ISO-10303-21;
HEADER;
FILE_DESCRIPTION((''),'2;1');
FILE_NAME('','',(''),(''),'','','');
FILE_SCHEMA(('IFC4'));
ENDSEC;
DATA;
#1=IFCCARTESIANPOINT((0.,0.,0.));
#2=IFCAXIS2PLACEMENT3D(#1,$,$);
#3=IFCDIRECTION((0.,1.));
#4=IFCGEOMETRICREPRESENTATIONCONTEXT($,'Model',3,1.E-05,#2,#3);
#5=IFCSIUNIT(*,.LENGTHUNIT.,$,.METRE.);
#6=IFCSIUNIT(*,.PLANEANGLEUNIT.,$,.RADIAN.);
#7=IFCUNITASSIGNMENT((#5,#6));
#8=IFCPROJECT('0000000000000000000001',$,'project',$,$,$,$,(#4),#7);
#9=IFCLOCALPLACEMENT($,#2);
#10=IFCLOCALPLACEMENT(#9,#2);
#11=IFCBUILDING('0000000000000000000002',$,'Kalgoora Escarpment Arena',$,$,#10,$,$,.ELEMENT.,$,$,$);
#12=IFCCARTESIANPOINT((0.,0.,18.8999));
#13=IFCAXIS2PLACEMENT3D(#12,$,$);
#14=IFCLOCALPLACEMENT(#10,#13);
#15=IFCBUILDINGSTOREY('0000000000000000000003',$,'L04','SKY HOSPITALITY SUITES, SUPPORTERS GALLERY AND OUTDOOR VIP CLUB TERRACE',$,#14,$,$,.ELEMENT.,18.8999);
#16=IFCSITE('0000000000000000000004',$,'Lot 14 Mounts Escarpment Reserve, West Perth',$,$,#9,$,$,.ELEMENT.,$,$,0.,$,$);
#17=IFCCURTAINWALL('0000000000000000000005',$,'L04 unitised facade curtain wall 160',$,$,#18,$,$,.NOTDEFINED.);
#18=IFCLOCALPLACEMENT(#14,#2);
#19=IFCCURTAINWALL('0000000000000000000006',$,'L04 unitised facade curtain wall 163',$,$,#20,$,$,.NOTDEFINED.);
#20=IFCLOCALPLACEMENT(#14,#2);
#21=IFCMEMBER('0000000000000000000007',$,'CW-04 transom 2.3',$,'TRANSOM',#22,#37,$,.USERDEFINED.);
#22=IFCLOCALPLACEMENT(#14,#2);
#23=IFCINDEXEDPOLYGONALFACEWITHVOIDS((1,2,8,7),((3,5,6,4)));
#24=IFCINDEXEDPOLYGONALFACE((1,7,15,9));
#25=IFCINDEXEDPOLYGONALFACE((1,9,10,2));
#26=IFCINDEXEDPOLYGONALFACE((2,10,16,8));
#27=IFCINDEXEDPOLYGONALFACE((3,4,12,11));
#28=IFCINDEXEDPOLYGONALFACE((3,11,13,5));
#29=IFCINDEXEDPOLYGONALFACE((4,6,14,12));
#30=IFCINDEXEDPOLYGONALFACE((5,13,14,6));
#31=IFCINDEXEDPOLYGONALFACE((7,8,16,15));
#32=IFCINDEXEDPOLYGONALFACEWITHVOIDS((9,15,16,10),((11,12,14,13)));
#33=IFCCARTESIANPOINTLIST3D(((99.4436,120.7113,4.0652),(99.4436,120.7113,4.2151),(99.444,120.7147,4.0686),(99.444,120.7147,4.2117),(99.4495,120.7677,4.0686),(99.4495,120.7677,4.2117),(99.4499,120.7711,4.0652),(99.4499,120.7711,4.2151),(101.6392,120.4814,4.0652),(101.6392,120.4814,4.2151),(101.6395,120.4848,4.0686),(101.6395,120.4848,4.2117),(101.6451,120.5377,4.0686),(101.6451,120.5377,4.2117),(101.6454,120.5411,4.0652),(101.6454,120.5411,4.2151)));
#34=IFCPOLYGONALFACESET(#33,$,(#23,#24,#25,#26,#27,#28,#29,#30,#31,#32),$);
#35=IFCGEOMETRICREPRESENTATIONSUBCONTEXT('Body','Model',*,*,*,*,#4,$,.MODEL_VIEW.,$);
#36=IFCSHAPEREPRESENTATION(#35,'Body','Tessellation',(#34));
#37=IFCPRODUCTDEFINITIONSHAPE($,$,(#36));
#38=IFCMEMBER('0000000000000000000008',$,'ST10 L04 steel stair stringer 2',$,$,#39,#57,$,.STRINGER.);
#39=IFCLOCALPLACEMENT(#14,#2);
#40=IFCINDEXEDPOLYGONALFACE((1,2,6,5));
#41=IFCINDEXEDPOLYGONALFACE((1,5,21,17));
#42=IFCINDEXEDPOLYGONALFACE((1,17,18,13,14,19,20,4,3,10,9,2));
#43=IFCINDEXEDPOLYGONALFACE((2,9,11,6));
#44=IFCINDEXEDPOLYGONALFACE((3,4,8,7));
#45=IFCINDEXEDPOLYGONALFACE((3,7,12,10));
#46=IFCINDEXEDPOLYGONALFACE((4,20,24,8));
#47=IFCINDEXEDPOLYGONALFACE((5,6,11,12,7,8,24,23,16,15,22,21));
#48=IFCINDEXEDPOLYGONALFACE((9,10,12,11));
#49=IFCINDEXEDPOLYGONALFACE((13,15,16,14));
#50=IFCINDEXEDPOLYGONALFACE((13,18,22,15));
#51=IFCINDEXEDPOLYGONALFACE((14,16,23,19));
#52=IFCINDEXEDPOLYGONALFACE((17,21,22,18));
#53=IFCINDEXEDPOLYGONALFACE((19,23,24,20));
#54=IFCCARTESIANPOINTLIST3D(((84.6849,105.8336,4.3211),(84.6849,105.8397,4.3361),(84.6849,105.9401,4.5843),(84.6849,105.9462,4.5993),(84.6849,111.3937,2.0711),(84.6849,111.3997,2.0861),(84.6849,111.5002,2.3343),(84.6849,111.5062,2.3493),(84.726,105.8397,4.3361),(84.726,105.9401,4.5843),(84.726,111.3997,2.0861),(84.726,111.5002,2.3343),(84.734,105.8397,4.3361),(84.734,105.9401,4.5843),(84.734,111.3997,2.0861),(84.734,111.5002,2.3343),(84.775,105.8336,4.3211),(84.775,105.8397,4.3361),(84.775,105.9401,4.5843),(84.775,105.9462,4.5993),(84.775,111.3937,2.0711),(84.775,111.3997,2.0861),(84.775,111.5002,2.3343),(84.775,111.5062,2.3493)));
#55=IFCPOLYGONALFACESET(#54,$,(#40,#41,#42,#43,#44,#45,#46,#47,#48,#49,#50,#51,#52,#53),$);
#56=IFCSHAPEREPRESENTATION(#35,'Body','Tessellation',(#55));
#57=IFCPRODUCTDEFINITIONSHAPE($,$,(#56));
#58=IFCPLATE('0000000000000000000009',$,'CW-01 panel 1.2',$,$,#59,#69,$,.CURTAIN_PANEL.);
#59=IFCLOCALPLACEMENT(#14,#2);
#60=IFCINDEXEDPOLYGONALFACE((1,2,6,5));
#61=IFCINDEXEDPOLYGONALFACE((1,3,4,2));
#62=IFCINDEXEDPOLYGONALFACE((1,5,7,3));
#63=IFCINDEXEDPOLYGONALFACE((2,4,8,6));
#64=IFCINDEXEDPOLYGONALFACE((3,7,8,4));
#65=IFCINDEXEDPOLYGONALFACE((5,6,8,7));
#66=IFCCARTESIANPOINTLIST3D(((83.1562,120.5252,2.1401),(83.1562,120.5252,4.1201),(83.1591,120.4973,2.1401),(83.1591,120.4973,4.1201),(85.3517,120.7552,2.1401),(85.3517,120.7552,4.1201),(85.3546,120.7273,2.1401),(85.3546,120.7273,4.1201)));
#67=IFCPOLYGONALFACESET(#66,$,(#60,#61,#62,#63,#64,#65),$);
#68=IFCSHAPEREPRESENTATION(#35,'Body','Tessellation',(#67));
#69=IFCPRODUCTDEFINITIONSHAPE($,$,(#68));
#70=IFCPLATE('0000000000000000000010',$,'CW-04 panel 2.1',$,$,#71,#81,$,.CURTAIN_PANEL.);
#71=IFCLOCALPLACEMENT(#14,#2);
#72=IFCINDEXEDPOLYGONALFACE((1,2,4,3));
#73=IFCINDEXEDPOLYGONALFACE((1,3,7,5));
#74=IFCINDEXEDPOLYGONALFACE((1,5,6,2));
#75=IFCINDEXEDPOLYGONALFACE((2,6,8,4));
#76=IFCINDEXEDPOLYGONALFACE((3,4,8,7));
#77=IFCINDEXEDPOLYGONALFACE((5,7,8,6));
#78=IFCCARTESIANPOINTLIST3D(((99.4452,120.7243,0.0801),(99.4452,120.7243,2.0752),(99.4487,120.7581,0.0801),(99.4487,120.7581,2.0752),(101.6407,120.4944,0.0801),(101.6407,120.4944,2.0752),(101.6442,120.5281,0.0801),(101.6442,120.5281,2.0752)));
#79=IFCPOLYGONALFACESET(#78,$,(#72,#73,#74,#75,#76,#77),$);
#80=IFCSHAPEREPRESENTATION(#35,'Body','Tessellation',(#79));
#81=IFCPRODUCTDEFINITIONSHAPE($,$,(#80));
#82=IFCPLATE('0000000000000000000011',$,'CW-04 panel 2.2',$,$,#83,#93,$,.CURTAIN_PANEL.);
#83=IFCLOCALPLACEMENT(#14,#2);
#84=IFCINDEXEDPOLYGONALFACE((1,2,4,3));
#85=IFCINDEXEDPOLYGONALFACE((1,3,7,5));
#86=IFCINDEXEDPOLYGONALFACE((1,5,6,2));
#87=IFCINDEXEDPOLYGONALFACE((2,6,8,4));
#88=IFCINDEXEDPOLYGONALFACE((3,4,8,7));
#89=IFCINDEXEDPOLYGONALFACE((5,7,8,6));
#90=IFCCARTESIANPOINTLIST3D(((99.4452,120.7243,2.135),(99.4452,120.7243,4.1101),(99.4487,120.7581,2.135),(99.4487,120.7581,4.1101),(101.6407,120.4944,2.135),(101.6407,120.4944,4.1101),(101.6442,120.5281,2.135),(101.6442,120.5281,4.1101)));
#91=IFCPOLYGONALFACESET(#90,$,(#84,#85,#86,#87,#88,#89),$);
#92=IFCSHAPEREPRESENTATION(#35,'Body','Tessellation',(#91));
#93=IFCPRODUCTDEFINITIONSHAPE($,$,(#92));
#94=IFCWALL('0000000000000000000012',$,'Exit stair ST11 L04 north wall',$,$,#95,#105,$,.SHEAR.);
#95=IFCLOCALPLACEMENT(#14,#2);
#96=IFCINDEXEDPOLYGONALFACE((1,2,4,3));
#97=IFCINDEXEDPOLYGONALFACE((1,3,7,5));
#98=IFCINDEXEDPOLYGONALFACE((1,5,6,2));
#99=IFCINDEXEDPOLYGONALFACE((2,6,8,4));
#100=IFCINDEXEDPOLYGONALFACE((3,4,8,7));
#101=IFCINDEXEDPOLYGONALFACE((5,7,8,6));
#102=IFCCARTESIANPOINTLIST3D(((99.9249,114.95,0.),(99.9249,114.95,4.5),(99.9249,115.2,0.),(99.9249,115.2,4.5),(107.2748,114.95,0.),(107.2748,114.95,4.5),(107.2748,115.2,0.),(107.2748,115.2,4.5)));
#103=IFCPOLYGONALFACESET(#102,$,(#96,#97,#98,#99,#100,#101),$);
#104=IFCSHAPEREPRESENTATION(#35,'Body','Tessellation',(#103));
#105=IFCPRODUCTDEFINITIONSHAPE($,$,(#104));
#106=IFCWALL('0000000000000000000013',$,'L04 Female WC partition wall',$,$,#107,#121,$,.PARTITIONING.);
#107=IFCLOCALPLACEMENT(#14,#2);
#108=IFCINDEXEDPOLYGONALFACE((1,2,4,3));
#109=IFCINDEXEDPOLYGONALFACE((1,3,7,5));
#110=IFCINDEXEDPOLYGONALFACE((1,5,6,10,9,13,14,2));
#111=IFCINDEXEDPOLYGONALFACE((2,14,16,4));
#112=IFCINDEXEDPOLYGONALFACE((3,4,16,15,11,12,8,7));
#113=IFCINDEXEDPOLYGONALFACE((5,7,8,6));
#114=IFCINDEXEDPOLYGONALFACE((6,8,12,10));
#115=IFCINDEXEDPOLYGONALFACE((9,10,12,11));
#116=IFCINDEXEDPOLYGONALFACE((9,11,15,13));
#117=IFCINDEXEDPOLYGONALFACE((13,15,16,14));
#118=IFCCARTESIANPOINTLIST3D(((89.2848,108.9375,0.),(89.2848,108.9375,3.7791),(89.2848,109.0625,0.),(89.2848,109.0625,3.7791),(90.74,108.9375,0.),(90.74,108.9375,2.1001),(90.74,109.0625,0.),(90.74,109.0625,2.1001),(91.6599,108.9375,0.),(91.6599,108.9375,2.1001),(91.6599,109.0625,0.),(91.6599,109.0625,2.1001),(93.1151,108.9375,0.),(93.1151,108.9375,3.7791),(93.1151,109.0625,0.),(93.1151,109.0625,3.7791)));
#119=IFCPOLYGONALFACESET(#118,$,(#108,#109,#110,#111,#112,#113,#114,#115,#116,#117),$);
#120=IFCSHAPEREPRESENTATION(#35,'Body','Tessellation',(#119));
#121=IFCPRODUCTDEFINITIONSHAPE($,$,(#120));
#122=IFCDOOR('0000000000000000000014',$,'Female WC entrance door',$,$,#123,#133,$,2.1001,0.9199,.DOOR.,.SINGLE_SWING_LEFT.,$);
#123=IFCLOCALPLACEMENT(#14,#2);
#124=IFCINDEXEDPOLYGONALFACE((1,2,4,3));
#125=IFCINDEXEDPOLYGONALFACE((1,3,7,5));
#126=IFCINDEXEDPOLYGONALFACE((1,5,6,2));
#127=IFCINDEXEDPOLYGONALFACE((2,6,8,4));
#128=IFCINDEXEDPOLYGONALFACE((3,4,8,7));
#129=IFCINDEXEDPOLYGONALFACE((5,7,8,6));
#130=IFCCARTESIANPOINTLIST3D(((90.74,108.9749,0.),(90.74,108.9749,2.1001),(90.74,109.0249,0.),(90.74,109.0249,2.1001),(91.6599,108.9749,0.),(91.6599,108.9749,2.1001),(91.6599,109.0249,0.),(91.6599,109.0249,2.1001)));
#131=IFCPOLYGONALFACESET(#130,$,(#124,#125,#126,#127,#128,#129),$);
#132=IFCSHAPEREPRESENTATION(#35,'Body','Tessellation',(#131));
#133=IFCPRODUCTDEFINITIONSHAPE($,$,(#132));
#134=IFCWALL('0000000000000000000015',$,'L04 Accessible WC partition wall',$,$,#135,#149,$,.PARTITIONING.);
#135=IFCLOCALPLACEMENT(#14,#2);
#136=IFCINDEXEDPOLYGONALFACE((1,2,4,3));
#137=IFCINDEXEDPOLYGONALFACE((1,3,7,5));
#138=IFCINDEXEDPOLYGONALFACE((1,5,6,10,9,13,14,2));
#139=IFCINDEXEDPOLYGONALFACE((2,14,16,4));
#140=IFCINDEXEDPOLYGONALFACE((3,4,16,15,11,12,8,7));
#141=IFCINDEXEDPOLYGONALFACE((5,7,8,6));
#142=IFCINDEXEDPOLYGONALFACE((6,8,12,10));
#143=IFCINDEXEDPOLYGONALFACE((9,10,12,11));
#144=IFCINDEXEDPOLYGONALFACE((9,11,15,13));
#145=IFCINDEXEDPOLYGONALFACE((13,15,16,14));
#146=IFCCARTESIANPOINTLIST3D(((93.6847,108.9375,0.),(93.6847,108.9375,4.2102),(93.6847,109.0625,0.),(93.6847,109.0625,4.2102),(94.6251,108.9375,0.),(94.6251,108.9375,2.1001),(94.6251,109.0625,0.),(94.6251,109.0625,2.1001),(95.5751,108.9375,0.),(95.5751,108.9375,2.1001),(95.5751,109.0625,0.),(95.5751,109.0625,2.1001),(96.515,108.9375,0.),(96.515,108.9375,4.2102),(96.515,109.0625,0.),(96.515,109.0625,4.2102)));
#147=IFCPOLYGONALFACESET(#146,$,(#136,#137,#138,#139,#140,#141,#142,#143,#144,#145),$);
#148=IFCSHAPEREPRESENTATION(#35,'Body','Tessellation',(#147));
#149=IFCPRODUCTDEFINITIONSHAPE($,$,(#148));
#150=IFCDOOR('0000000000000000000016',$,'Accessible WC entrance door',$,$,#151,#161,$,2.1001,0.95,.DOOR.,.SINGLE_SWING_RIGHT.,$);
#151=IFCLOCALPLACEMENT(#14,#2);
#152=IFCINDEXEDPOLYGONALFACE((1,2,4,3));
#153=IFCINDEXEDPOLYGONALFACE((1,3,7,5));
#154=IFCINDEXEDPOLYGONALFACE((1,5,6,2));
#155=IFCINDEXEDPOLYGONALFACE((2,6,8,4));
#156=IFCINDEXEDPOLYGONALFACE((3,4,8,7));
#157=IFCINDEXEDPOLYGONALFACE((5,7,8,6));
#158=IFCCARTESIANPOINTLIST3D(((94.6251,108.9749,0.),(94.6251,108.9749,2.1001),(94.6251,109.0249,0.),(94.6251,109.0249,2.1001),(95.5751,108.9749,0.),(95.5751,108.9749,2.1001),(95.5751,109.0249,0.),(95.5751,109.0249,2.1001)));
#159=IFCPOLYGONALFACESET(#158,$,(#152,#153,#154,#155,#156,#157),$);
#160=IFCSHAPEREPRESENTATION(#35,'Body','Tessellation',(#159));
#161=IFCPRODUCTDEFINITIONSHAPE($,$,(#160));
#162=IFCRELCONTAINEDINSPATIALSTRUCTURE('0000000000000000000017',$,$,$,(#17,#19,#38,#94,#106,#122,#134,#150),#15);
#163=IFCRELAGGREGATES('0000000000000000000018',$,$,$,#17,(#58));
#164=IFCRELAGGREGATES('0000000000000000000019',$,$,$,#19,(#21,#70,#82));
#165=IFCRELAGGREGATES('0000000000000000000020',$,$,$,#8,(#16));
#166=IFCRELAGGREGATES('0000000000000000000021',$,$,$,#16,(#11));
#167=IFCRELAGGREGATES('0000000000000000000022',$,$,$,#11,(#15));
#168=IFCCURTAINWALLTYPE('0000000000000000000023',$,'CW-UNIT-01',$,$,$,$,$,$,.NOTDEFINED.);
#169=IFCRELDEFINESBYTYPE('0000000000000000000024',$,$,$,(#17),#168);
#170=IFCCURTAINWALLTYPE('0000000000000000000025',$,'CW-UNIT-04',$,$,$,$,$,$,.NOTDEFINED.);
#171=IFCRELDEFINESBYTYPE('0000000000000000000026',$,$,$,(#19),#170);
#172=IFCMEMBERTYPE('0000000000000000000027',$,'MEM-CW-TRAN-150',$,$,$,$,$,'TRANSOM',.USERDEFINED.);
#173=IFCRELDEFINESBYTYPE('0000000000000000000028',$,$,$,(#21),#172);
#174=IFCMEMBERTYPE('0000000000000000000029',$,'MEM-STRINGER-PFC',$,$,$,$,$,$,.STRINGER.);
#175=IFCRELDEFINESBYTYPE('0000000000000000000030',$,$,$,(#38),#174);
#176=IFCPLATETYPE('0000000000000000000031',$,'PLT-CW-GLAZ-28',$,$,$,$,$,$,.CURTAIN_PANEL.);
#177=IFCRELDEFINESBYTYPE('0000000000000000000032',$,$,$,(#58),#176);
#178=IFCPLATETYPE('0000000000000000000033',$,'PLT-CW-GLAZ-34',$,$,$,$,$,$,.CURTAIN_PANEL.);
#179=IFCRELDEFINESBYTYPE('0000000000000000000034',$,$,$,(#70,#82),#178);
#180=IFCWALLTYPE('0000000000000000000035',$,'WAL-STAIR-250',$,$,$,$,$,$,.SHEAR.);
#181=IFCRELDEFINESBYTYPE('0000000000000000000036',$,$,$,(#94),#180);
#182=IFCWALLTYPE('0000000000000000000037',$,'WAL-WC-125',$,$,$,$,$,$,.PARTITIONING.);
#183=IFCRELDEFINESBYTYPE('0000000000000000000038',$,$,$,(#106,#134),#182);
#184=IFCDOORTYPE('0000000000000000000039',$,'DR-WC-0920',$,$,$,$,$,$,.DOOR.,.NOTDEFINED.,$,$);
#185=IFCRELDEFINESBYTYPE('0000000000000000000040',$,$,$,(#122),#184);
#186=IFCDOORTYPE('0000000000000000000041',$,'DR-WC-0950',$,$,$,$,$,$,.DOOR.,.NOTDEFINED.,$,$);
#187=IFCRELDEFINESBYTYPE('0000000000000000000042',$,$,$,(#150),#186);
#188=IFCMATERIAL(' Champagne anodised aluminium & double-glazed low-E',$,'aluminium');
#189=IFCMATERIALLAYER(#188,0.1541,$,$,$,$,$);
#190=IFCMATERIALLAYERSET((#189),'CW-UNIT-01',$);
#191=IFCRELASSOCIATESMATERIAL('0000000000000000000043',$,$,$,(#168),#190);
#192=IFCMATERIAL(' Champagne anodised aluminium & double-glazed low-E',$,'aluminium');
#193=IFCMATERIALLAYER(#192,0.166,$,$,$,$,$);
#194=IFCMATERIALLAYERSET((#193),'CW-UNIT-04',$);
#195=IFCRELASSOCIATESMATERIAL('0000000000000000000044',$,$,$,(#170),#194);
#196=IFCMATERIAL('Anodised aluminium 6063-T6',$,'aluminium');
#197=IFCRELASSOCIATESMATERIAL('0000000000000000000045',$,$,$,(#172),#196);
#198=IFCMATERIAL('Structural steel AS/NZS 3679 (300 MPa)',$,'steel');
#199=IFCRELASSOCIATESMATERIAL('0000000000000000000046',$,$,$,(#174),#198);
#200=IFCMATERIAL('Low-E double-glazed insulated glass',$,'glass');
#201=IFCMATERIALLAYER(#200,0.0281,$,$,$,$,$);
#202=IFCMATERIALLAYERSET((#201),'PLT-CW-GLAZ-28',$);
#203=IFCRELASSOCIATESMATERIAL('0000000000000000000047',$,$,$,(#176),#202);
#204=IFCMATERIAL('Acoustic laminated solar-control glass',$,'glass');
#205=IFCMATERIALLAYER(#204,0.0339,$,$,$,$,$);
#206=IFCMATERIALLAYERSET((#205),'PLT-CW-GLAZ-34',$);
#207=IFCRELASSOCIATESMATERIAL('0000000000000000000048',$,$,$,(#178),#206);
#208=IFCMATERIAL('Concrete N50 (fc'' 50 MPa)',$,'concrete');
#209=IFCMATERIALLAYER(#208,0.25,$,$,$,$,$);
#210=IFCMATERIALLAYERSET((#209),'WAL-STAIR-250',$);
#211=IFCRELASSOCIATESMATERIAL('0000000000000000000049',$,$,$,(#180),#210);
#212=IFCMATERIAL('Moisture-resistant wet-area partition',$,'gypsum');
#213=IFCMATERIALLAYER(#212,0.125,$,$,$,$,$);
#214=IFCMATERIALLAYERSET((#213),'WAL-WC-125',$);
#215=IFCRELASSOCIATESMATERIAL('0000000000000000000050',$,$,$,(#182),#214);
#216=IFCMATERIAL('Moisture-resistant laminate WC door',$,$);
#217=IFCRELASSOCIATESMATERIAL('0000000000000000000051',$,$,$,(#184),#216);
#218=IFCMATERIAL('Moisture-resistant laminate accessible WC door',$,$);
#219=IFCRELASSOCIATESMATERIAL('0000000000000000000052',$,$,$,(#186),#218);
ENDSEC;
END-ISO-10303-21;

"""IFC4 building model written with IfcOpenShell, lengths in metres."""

from ifc_helpers import new_model, si_unit, direction, frame, frame_2d, origin, origin_2d, place, context, subcontext, project, spatial, rectangle, hollow_rectangle, i_section, extrude, material, layer, layer_set, material_profile, profile_set, type_object, element, fill, aggregate, save


model = new_model("IFC4")

# Units and contexts
model_context = context("Model", 3, precision=1e-05, world=origin(), true_north=direction((0.0, 1.0)))
body_context = subcontext(model_context, "Body", "Model", "MODEL_VIEW")
ifc_project = project(units=[si_unit("LENGTHUNIT", "METRE"), si_unit("PLANEANGLEUNIT", "RADIAN")], contexts=[model_context])

# Site, building, storey
site_placement = place(None, origin())
site = spatial("IfcSite", under=ifc_project, at=site_placement, Name="Lot 14 Mounts Escarpment Reserve, West Perth", CompositionType="ELEMENT", RefElevation=0.0)
building_placement = place(site_placement, origin())
building = spatial("IfcBuilding", under=site, at=building_placement, Name="Kalgoora Escarpment Arena", CompositionType="ELEMENT")
storey_placement = place(building_placement, frame((0.0, 0.0, 18.8999)))
storey = spatial("IfcBuildingStorey", under=building, at=storey_placement, Name="L04", Description="SKY HOSPITALITY SUITES, SUPPORTERS GALLERY AND OUTDOOR VIP CLUB TERRACE", CompositionType="ELEMENT", Elevation=18.8999)

# Curtain wall
ifc_material_1 = material(Name=" Champagne anodised aluminium & double-glazed low-E", Category="aluminium")
ifc_layer_1 = layer(ifc_material_1, 0.1541)
ifc_layer_set_1 = layer_set([ifc_layer_1], Name="CW-UNIT-01")
curtain_wall_type_1 = type_object("IfcCurtainWallType", Name="CW-UNIT-01", PredefinedType="NOTDEFINED", material=ifc_layer_set_1)
curtain_wall_1_placement = place(storey_placement, origin())
curtain_wall_1 = element("IfcCurtainWall", 1, at=curtain_wall_1_placement, inside=storey, type_object=curtain_wall_type_1, Name="L04 unitised facade curtain wall 160", PredefinedType="NOTDEFINED")

# Curtain wall
ifc_material_2 = material(Name=" Champagne anodised aluminium & double-glazed low-E", Category="aluminium")
ifc_layer_2 = layer(ifc_material_2, 0.166)
ifc_layer_set_2 = layer_set([ifc_layer_2], Name="CW-UNIT-04")
curtain_wall_type_2 = type_object("IfcCurtainWallType", Name="CW-UNIT-04", PredefinedType="NOTDEFINED", material=ifc_layer_set_2)
curtain_wall_2_placement = place(storey_placement, origin())
curtain_wall_2 = element("IfcCurtainWall", 2, at=curtain_wall_2_placement, inside=storey, type_object=curtain_wall_type_2, Name="L04 unitised facade curtain wall 163", PredefinedType="NOTDEFINED")

# Members
ifc_material_3 = material(Name="Anodised aluminium 6063-T6", Category="aluminium")
ifc_material_profile_1 = material_profile(ifc_material_3, hollow_rectangle(XDim=0.0601, YDim=0.1499, WallThickness=0.0034, at=origin_2d()))
ifc_profile_set_1 = profile_set([ifc_material_profile_1], Name="Anodised aluminium 6063-T6")
member_type_1 = type_object("IfcMemberType", Name="MEM-CW-TRAN-150", ElementType="TRANSOM", PredefinedType="USERDEFINED", material=ifc_profile_set_1)
member_1_placement = place(storey_placement, frame((99.4468, 120.7412, 4.1401), z_axis=(0.994559, -0.104178, 0.0), x_axis=(0.104178, 0.994559, 0.0)))
member_1 = element("IfcMember", 3, at=member_1_placement, type_object=member_type_1, Name="CW-04 transom 2.3", ObjectType="TRANSOM", PredefinedType="USERDEFINED", context=body_context, shape_type="SweptSolid", body=[
    extrude(hollow_rectangle(XDim=0.0601, YDim=0.1499, WallThickness=0.0034, at=origin_2d()), origin(), (0.0, 0.0, 1.0), 2.2075),
])
ifc_material_4 = material(Name="Structural steel AS/NZS 3679 (300 MPa)", Category="steel")
ifc_material_profile_2 = material_profile(ifc_material_4, i_section(OverallWidth=0.0901, OverallDepth=0.3, WebThickness=0.0081, FlangeThickness=0.0161, at=origin_2d()))
ifc_profile_set_2 = profile_set([ifc_material_profile_2], Name="Structural steel AS/NZS 3679 (300 MPa)")
member_type_2 = type_object("IfcMemberType", Name="MEM-STRINGER-PFC", PredefinedType="STRINGER", material=ifc_profile_set_2)
member_2_placement = place(storey_placement, frame((84.73, 111.45, 2.2102), z_axis=(0.0, -0.926976, 0.375121), x_axis=(1.0, 0.0, 0.0)))
element("IfcMember", 4, at=member_2_placement, inside=storey, type_object=member_type_2, Name="ST10 L04 steel stair stringer 2", PredefinedType="STRINGER", context=body_context, shape_type="SweptSolid", body=[
    extrude(i_section(OverallWidth=0.0901, OverallDepth=0.3, WebThickness=0.0081, FlangeThickness=0.0161, at=origin_2d()), origin(), (0.0, 0.0, 1.0), 5.998),
])

# Plates
ifc_material_5 = material(Name="Low-E double-glazed insulated glass", Category="glass")
ifc_layer_3 = layer(ifc_material_5, 0.0281)
ifc_layer_set_3 = layer_set([ifc_layer_3], Name="PLT-CW-GLAZ-28")
plate_type_1 = type_object("IfcPlateType", Name="PLT-CW-GLAZ-28", PredefinedType="CURTAIN_PANEL", material=ifc_layer_set_3)
plate_1_placement = place(storey_placement, frame((84.2554, 120.6262, 2.1401), z_axis=(0.0, 0.0, 1.0), x_axis=(0.994558, 0.104182, 0.0)))
plate_1 = element("IfcPlate", 5, at=plate_1_placement, type_object=plate_type_1, Name="CW-01 panel 1.2", PredefinedType="CURTAIN_PANEL", context=body_context, shape_type="SweptSolid", body=[
    extrude(rectangle(XDim=2.2075, YDim=0.0281, at=origin_2d()), origin(), (0.0, 0.0, 1.0), 1.98),
])
aggregate(curtain_wall_1, [plate_1])
ifc_material_6 = material(Name="Acoustic laminated solar-control glass", Category="glass")
ifc_layer_4 = layer(ifc_material_6, 0.0339)
ifc_layer_set_4 = layer_set([ifc_layer_4], Name="PLT-CW-GLAZ-34")
plate_type_2 = type_object("IfcPlateType", Name="PLT-CW-GLAZ-34", PredefinedType="CURTAIN_PANEL", material=ifc_layer_set_4)
plate_2_placement = place(storey_placement, frame((100.5447, 120.6262, 0.0801), z_axis=(0.0, 0.0, 1.0), x_axis=(0.994558, -0.104182, 0.0)))
plate_2 = element("IfcPlate", 6, at=plate_2_placement, type_object=plate_type_2, Name="CW-04 panel 2.1", PredefinedType="CURTAIN_PANEL", context=body_context, shape_type="SweptSolid", body=[
    extrude(rectangle(XDim=2.2075, YDim=0.0339, at=origin_2d()), origin(), (0.0, 0.0, 1.0), 1.9951),
])
plate_3_placement = place(storey_placement, frame((100.5447, 120.6262, 2.135), z_axis=(0.0, 0.0, 1.0), x_axis=(0.994558, -0.104182, 0.0)))
plate_3 = element("IfcPlate", 7, at=plate_3_placement, type_object=plate_type_2, Name="CW-04 panel 2.2", PredefinedType="CURTAIN_PANEL", context=body_context, shape_type="SweptSolid", body=[
    extrude(rectangle(XDim=2.2075, YDim=0.0339, at=origin_2d()), origin(), (0.0, 0.0, 1.0), 1.9751),
])
aggregate(curtain_wall_2, [member_1, plate_2, plate_3])

# Wall
ifc_material_7 = material(Name="Concrete N50 (fc' 50 MPa)", Category="concrete")
ifc_layer_5 = layer(ifc_material_7, 0.25)
ifc_layer_set_5 = layer_set([ifc_layer_5], Name="WAL-STAIR-250")
wall_type_1 = type_object("IfcWallType", Name="WAL-STAIR-250", PredefinedType="SHEAR", material=ifc_layer_set_5)
wall_1_placement = place(storey_placement, frame((99.925, 115.075, 0.0), z_axis=(0.0, 0.0, 1.0), x_axis=(1.0, 0.0, 0.0)))
element("IfcWall", 8, at=wall_1_placement, inside=storey, type_object=wall_type_1, Name="Exit stair ST11 L04 north wall", PredefinedType="SHEAR", context=body_context, shape_type="SweptSolid", body=[
    extrude(rectangle(XDim=7.3499, YDim=0.25, at=frame_2d((3.6748, 0.0))), origin(), (0.0, 0.0, 1.0), 4.5),
])

# Walls, openings, doors
ifc_material_8 = material(Name="Moisture-resistant wet-area partition", Category="gypsum")
ifc_layer_6 = layer(ifc_material_8, 0.125)
ifc_layer_set_6 = layer_set([ifc_layer_6], Name="WAL-WC-125")
wall_type_2 = type_object("IfcWallType", Name="WAL-WC-125", PredefinedType="PARTITIONING", material=ifc_layer_set_6)
wall_2_placement = place(storey_placement, frame((89.2849, 109.0, 0.0), z_axis=(0.0, 0.0, 1.0), x_axis=(1.0, 0.0, 0.0)))
wall_2 = element("IfcWall", 9, at=wall_2_placement, inside=storey, type_object=wall_type_2, Name="L04 Female WC partition wall", PredefinedType="PARTITIONING", context=body_context, shape_type="SweptSolid", body=[
    extrude(rectangle(XDim=3.8303, YDim=0.125, at=frame_2d((1.915, 0.0))), origin(), (0.0, 0.0, 1.0), 3.7791),
])
opening_1_placement = place(wall_2_placement, frame((1.4551, 0.0, 0.0)))
opening_1 = element("IfcOpeningElement", 10, at=opening_1_placement, cuts=wall_2, PredefinedType="OPENING", context=body_context, shape_type="SweptSolid", body=[
    extrude(rectangle(XDim=0.9199, YDim=2.1001, at=frame_2d((0.46, 1.05))), frame((0.0, 0.0725, 0.0), z_axis=(0.0, -1.0, 0.0), x_axis=(1.0, 0.0, 0.0)), (0.0, 0.0, 1.0), 0.145),
])
ifc_material_9 = material(Name="Moisture-resistant laminate WC door")
door_type_1 = type_object("IfcDoorType", Name="DR-WC-0920", OperationType="NOTDEFINED", PredefinedType="DOOR", material=ifc_material_9)
door_1_placement = place(opening_1_placement, origin())
door_1 = element("IfcDoor", 11, at=door_1_placement, inside=storey, type_object=door_type_1, Name="Female WC entrance door", OperationType="SINGLE_SWING_LEFT", OverallHeight=2.1001, OverallWidth=0.9199, PredefinedType="DOOR", context=body_context, shape_type="SweptSolid", body=[
    extrude(rectangle(XDim=0.9199, YDim=2.1001, at=frame_2d((0.46, 1.05))), frame((0.0, 0.0249, 0.0), z_axis=(0.0, -1.0, 0.0), x_axis=(1.0, 0.0, 0.0)), (0.0, 0.0, 1.0), 0.05),
])
fill(opening_1, door_1)
wall_3_placement = place(storey_placement, frame((93.6848, 109.0, 0.0), z_axis=(0.0, 0.0, 1.0), x_axis=(1.0, 0.0, 0.0)))
wall_3 = element("IfcWall", 12, at=wall_3_placement, inside=storey, type_object=wall_type_2, Name="L04 Accessible WC partition wall", PredefinedType="PARTITIONING", context=body_context, shape_type="SweptSolid", body=[
    extrude(rectangle(XDim=2.8303, YDim=0.125, at=frame_2d((1.415, 0.0))), origin(), (0.0, 0.0, 1.0), 4.2102),
])
opening_2_placement = place(wall_3_placement, frame((0.9402, 0.0, 0.0)))
opening_2 = element("IfcOpeningElement", 13, at=opening_2_placement, cuts=wall_3, PredefinedType="OPENING", context=body_context, shape_type="SweptSolid", body=[
    extrude(rectangle(XDim=0.95, YDim=2.1001, at=frame_2d((0.4751, 1.05))), frame((0.0, 0.0725, 0.0), z_axis=(0.0, -1.0, 0.0), x_axis=(1.0, 0.0, 0.0)), (0.0, 0.0, 1.0), 0.145),
])
ifc_material_10 = material(Name="Moisture-resistant laminate accessible WC door")
door_type_2 = type_object("IfcDoorType", Name="DR-WC-0950", OperationType="NOTDEFINED", PredefinedType="DOOR", material=ifc_material_10)
door_2_placement = place(opening_2_placement, origin())
door_2 = element("IfcDoor", 14, at=door_2_placement, inside=storey, type_object=door_type_2, Name="Accessible WC entrance door", OperationType="SINGLE_SWING_RIGHT", OverallHeight=2.1001, OverallWidth=0.95, PredefinedType="DOOR", context=body_context, shape_type="SweptSolid", body=[
    extrude(rectangle(XDim=0.95, YDim=2.1001, at=frame_2d((0.4751, 1.05))), frame((0.0, 0.0249, 0.0), z_axis=(0.0, -1.0, 0.0), x_axis=(1.0, 0.0, 0.0)), (0.0, 0.0, 1.0), 0.05),
])
fill(opening_2, door_2)

save(model, "model.ifc")
